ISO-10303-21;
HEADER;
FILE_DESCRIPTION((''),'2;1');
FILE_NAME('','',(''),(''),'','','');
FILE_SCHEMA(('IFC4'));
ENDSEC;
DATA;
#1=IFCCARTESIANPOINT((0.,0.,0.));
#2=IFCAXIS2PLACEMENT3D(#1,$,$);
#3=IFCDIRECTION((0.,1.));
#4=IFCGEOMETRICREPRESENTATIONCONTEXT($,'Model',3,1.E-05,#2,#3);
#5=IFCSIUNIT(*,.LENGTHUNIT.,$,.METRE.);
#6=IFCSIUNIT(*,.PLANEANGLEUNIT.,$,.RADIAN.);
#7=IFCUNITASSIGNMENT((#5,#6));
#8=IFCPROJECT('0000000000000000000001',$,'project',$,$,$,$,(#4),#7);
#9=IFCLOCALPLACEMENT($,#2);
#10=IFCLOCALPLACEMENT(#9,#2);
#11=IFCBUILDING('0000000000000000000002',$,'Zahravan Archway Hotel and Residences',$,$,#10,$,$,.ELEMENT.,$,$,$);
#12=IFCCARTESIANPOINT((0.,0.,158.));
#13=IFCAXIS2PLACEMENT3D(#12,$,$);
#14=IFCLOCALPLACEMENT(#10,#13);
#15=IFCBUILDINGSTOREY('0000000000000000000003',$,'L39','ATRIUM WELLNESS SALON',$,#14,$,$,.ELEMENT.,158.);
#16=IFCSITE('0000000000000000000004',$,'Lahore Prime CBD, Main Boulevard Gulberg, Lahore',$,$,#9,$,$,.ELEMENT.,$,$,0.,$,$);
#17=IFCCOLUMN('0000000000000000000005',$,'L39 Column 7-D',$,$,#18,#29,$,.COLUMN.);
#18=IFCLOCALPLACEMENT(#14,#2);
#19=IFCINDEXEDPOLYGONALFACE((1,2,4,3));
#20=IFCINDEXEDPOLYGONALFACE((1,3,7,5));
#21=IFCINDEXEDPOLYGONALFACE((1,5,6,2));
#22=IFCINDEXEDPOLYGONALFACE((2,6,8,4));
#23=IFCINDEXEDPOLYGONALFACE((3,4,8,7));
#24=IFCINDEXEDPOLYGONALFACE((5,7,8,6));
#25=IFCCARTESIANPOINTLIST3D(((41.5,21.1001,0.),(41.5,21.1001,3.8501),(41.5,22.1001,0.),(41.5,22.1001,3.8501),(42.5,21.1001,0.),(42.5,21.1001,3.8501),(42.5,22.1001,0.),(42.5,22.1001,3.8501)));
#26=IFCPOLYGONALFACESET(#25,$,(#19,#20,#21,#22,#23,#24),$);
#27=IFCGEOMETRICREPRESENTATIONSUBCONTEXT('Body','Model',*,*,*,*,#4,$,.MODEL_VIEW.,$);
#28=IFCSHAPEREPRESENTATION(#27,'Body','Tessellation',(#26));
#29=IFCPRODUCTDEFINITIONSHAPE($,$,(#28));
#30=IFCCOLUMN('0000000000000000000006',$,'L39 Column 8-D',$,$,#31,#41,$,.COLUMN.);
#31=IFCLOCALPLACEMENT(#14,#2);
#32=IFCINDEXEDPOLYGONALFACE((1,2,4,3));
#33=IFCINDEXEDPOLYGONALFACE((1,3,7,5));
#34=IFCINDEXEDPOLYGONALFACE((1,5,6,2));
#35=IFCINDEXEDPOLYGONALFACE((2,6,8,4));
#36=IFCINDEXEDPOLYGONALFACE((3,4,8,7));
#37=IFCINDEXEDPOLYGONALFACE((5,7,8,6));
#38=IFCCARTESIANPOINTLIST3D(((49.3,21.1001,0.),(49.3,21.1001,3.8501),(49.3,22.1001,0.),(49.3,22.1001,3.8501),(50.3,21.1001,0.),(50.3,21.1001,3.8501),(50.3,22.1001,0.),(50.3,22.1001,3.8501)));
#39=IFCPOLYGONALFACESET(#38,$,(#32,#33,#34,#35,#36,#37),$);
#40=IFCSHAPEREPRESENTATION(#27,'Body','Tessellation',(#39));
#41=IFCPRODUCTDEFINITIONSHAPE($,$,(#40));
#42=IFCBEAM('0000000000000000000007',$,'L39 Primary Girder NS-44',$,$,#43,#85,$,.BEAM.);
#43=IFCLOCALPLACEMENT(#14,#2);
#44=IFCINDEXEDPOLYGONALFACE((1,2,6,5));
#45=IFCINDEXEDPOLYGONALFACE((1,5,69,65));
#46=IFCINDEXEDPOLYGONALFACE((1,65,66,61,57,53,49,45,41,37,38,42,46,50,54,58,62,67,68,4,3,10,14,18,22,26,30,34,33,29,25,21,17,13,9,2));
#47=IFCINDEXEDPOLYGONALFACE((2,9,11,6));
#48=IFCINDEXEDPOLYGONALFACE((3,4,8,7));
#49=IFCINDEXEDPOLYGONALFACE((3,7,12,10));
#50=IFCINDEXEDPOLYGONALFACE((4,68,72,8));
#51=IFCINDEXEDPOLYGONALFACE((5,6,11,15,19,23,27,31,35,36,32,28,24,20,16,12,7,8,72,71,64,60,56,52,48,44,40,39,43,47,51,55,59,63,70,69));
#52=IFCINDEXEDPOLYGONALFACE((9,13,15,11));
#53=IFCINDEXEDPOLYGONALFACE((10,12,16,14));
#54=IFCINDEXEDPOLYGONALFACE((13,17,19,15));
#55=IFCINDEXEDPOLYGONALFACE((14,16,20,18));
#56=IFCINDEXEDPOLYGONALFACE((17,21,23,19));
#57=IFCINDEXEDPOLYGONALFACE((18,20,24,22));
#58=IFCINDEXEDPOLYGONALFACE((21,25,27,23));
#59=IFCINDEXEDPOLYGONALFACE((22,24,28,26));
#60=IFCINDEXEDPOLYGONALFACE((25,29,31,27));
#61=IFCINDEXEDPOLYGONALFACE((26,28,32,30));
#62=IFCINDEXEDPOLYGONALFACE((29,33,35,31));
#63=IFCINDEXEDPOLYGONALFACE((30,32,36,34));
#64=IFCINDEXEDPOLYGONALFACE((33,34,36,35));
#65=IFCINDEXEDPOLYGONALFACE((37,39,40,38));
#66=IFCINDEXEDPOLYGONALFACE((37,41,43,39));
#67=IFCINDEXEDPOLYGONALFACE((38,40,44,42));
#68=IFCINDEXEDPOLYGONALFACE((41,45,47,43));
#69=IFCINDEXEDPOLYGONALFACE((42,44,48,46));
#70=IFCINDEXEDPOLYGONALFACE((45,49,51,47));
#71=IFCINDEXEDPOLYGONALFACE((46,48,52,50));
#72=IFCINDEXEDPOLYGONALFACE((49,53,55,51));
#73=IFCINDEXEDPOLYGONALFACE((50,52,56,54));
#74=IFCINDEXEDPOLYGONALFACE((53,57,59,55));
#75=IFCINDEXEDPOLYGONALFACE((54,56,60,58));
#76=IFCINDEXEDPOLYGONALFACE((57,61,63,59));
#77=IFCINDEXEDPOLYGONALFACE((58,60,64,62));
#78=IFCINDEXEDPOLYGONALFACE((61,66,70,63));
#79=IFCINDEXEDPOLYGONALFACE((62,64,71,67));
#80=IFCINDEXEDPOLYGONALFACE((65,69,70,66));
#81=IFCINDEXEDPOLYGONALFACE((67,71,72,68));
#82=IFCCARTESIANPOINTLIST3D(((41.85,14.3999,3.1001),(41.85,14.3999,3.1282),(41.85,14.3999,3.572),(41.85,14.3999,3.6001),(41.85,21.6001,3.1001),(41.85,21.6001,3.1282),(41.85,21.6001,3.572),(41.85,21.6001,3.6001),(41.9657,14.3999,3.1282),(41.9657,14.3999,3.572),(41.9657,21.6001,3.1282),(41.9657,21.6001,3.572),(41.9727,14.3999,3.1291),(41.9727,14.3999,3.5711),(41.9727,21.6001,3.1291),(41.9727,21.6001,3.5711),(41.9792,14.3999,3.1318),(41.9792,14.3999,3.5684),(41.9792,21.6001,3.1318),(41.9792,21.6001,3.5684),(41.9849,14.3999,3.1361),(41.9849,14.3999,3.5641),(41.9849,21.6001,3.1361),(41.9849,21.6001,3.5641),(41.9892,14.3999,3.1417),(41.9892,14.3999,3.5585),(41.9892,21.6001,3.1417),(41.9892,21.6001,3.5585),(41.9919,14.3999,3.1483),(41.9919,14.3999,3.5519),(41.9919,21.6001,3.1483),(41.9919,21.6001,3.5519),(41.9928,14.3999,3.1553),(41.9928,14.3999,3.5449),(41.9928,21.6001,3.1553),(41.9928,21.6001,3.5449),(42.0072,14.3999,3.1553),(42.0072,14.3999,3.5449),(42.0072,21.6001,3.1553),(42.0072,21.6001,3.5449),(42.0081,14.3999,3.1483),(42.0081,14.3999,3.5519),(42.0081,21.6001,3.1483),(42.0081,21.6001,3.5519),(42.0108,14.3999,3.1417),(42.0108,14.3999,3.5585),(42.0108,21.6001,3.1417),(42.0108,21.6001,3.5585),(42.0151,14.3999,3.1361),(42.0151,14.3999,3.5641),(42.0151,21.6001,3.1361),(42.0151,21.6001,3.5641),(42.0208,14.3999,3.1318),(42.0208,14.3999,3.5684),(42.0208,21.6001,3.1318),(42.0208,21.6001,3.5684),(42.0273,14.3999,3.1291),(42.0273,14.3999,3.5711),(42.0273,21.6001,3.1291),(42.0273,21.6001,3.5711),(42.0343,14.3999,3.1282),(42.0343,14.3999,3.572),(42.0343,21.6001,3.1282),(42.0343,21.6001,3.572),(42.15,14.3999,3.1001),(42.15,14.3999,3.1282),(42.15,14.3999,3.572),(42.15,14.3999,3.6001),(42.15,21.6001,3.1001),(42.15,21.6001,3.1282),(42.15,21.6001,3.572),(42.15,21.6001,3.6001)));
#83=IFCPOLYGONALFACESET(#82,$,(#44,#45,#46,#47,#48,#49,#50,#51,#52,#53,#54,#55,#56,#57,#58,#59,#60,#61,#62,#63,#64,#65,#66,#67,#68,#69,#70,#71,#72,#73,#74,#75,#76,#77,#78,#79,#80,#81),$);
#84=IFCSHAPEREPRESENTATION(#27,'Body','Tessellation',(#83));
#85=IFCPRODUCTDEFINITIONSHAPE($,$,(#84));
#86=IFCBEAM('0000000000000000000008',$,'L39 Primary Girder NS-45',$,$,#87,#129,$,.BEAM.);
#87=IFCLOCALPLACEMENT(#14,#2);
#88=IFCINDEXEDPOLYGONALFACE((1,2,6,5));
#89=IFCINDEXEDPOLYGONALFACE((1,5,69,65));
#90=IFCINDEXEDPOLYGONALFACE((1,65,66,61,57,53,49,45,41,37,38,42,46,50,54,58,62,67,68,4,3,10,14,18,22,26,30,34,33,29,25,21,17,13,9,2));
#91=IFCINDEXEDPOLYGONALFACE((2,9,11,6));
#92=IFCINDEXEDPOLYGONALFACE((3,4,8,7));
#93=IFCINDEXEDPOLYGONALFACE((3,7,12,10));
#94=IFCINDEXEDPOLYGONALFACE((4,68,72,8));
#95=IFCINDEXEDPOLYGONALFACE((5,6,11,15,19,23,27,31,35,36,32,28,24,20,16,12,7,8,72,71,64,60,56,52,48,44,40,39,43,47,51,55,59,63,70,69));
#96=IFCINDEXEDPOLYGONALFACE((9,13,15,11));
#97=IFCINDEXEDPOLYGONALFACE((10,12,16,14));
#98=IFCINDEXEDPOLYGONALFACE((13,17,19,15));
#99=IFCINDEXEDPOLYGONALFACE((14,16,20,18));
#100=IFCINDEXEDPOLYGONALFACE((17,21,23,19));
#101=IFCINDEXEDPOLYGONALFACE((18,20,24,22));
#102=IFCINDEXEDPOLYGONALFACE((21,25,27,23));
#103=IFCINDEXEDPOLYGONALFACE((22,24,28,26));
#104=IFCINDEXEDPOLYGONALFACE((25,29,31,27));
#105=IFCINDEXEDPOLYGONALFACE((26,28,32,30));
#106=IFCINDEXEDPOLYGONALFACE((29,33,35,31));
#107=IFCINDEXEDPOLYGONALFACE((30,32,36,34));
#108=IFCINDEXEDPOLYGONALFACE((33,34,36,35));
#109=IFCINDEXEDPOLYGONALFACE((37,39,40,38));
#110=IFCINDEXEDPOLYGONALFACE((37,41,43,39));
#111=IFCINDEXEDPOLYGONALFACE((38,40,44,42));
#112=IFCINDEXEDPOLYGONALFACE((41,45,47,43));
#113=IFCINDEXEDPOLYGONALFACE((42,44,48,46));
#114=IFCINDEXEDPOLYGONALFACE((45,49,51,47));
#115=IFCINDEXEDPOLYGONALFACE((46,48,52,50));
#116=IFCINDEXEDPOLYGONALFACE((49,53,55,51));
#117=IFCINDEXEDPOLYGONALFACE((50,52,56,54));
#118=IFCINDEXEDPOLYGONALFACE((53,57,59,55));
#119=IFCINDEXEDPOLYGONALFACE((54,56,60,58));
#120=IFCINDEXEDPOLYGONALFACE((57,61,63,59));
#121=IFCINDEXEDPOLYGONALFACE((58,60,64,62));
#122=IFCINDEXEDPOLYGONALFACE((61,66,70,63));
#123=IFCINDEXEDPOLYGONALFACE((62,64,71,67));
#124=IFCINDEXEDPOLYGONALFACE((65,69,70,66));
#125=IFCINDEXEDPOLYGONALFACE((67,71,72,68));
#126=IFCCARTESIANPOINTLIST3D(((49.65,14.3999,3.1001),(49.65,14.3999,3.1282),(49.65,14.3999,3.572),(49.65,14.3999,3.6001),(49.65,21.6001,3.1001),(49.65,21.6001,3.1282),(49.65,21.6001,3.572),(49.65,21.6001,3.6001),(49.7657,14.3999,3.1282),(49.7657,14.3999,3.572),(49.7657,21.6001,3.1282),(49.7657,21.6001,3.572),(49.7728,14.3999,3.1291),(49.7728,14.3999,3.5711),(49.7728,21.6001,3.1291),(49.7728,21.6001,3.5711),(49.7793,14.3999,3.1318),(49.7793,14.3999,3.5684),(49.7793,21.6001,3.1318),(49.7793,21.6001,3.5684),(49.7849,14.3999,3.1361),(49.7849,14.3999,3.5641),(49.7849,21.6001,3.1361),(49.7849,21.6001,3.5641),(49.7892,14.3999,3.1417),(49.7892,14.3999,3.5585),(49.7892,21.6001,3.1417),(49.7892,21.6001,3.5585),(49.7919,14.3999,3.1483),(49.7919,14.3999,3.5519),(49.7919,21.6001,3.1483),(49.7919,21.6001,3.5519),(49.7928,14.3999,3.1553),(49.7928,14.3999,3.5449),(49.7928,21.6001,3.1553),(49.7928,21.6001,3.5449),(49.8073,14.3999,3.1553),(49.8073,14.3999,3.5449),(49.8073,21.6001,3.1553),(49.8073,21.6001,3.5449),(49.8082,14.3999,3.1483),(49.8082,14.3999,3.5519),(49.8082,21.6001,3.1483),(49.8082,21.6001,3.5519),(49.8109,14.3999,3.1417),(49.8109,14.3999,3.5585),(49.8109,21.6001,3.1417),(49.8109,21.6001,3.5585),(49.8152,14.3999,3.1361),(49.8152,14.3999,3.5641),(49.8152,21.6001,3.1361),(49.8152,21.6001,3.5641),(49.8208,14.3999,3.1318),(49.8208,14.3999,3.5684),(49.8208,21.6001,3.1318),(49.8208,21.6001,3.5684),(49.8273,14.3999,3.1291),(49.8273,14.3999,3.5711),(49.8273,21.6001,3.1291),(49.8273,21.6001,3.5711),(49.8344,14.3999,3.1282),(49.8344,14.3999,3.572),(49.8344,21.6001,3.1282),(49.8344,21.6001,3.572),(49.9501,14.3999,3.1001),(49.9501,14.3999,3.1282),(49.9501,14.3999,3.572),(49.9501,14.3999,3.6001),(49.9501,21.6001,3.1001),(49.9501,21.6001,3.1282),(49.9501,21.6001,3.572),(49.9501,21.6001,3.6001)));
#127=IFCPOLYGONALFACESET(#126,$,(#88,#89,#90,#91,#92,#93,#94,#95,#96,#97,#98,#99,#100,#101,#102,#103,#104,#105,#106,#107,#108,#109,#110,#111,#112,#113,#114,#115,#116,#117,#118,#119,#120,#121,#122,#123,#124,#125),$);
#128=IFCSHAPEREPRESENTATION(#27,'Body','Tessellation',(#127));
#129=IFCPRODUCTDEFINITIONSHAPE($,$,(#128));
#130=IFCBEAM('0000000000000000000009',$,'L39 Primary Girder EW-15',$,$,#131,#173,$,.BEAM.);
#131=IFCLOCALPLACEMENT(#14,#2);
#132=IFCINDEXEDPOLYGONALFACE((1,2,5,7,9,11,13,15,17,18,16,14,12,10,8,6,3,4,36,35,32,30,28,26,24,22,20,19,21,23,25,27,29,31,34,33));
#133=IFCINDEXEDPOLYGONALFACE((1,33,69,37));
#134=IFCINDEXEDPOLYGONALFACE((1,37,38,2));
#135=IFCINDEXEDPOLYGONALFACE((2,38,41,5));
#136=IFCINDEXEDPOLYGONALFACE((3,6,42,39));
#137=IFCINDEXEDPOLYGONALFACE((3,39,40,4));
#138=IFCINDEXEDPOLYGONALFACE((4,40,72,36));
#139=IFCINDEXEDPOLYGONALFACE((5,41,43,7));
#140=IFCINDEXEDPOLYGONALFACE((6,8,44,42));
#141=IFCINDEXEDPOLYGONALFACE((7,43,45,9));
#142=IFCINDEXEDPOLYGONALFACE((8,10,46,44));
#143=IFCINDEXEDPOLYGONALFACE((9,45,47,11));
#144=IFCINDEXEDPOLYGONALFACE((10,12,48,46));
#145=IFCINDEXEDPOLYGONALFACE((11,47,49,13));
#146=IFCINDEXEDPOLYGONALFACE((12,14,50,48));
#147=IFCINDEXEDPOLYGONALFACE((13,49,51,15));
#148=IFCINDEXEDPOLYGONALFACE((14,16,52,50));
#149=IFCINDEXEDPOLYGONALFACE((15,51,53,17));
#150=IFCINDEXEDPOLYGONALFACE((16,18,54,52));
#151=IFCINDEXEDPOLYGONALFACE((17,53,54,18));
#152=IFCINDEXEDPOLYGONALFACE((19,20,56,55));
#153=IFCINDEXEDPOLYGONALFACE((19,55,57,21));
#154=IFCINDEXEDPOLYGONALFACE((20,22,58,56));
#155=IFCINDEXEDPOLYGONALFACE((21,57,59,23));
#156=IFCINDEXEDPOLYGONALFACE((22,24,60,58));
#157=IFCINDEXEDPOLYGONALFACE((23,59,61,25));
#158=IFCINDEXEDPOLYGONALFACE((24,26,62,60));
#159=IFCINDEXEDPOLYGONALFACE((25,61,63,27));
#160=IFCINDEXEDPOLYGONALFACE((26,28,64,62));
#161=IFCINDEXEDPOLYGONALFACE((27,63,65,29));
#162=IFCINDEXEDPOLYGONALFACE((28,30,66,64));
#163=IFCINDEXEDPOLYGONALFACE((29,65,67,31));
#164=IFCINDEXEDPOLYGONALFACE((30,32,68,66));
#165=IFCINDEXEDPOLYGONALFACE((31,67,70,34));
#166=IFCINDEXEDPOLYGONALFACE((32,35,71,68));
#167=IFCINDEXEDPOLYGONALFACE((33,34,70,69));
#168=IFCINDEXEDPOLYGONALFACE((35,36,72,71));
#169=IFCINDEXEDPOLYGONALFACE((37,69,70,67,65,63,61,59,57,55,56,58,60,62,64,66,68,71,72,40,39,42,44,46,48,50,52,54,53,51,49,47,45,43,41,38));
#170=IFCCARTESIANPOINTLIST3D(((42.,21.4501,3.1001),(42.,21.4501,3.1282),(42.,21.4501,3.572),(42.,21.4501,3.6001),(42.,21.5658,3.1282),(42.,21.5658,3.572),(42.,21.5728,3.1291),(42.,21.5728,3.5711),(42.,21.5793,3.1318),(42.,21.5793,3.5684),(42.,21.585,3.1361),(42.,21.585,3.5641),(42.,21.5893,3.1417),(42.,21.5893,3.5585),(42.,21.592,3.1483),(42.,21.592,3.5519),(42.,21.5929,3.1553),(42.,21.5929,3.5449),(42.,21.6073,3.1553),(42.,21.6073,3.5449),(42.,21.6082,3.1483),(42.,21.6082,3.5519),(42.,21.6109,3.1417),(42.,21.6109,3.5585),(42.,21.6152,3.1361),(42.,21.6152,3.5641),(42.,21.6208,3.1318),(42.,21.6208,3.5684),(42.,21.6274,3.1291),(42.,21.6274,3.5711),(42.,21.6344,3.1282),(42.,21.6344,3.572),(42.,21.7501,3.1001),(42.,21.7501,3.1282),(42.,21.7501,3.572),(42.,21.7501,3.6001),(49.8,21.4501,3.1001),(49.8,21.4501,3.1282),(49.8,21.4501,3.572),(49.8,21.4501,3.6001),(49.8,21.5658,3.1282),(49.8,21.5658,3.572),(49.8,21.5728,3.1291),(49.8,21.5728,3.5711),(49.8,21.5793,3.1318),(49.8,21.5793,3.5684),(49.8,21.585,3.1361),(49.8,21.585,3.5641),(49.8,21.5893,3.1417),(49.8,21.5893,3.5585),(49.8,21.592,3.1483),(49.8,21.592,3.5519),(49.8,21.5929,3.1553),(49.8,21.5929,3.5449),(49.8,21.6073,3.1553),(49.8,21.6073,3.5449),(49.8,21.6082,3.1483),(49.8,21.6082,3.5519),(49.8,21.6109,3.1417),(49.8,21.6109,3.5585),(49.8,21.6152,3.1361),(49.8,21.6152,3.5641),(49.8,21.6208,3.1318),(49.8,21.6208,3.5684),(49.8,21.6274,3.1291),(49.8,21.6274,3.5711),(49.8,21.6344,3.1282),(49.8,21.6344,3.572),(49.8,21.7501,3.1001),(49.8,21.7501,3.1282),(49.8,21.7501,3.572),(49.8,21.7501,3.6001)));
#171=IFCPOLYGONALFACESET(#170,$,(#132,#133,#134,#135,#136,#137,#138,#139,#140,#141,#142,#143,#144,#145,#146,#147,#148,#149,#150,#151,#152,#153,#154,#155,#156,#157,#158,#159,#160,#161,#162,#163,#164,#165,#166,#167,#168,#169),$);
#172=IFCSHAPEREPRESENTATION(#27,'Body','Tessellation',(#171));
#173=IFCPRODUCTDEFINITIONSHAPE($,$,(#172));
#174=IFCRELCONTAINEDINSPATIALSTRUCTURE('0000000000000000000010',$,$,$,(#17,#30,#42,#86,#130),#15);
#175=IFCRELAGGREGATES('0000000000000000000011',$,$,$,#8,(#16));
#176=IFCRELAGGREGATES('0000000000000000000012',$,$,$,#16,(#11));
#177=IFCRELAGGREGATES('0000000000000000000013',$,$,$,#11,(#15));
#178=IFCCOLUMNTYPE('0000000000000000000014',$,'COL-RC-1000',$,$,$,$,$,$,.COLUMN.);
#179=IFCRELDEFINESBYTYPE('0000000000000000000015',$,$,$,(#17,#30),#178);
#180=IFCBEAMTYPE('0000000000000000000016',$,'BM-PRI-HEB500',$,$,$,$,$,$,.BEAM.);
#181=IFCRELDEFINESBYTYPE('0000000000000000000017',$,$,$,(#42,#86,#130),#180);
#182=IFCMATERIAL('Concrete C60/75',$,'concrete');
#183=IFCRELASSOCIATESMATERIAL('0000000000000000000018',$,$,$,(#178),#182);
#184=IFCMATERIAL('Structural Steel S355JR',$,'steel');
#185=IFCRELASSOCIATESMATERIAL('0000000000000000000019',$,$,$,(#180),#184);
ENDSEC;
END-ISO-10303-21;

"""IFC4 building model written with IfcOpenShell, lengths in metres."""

from ifc_helpers import new_model, si_unit, direction, frame, origin, origin_2d, place, context, subcontext, project, spatial, rectangle, i_section, extrude, source, transform, mapped, material, material_profile, profile_set, type_object, type_shapes, element, save


model = new_model("IFC4")

# Units and contexts
model_context = context("Model", 3, precision=1e-05, world=origin(), true_north=direction((0.0, 1.0)))
body_context = subcontext(model_context, "Body", "Model", "MODEL_VIEW")
ifc_project = project(units=[si_unit("LENGTHUNIT", "METRE"), si_unit("PLANEANGLEUNIT", "RADIAN")], contexts=[model_context])

# Site, building, storey
site_placement = place(None, origin())
site = spatial("IfcSite", under=ifc_project, at=site_placement, Name="Lahore Prime CBD, Main Boulevard Gulberg, Lahore", CompositionType="ELEMENT", RefElevation=0.0)
building_placement = place(site_placement, origin())
building = spatial("IfcBuilding", under=site, at=building_placement, Name="Zahravan Archway Hotel and Residences", CompositionType="ELEMENT")
storey_placement = place(building_placement, frame((0.0, 0.0, 158.0)))
storey = spatial("IfcBuildingStorey", under=building, at=storey_placement, Name="L39", Description="ATRIUM WELLNESS SALON", CompositionType="ELEMENT", Elevation=158.0)

# Columns
ifc_material_1 = material(Name="Concrete C60/75", Category="concrete")
ifc_material_profile_1 = material_profile(ifc_material_1, rectangle(XDim=1.0, YDim=1.0, at=origin_2d()), Name="RC-COL-1000x1000", Category="concrete")
ifc_profile_set_1 = profile_set([ifc_material_profile_1], Name="Concrete C60/75")
column_type = type_object("IfcColumnType", Name="COL-RC-1000", PredefinedType="COLUMN", material=ifc_profile_set_1)
shared_shape_1 = source(origin(), body_context, "Body", "SweptSolid", [
    extrude(rectangle(XDim=1.0, YDim=1.0, at=origin_2d()), origin(), (0.0, 0.0, 1.0), 3.8501),
])
for number, where, z_axis, x_axis, name in (
    (1, (42.0, 21.6001, 0.0), (0.0, 0.0, 1.0), (1.0, 0.0, 0.0), "L39 Column 7-D"),
    (2, (49.8, 21.6001, 0.0), (0.0, 0.0, 1.0), (1.0, 0.0, 0.0), "L39 Column 8-D"),
):
    element("IfcColumn", number, at=place(storey_placement, frame(where, z_axis=z_axis, x_axis=x_axis)), inside=storey, type_object=column_type, Name=name, PredefinedType="COLUMN", context=body_context, shape_type="MappedRepresentation", body=[
        mapped(shared_shape_1, transform((0.0, 0.0, 0.0), scale=1.0)),
    ])

# Beams
ifc_material_2 = material(Name="Structural Steel S355JR", Category="steel")
ifc_material_profile_2 = material_profile(ifc_material_2, i_section(OverallWidth=0.3, OverallDepth=0.5, WebThickness=0.0144, FlangeThickness=0.0281, FilletRadius=0.0271, at=origin_2d()), Name="HEB 500", Category="steel")
ifc_profile_set_2 = profile_set([ifc_material_profile_2], Name="Structural Steel S355JR")
beam_type = type_object("IfcBeamType", Name="BM-PRI-HEB500", PredefinedType="BEAM", material=ifc_profile_set_2)
shared_shape_2 = source(origin(), body_context, "Body", "SweptSolid", [
    extrude(i_section(OverallWidth=0.3, OverallDepth=0.5, WebThickness=0.0144, FlangeThickness=0.0281, FilletRadius=0.0271, at=origin_2d()), origin(), (0.0, 0.0, 1.0), 7.2002),
])
type_shapes(beam_type, [shared_shape_2])
for number, where, z_axis, x_axis, name in (
    (3, (42.0, 14.3999, 3.3501), (0.0, 1.0, 0.0), (-1.0, 0.0, 0.0), "L39 Primary Girder NS-44"),
    (4, (49.8, 14.3999, 3.3501), (0.0, 1.0, 0.0), (-1.0, 0.0, 0.0), "L39 Primary Girder NS-45"),
):
    element("IfcBeam", number, at=place(storey_placement, frame(where, z_axis=z_axis, x_axis=x_axis)), inside=storey, type_object=beam_type, Name=name, PredefinedType="BEAM", context=body_context, shape_type="MappedRepresentation", body=[
        mapped(shared_shape_2, transform((0.0, 0.0, 0.0), scale=1.0)),
    ])
shared_shape_3 = source(origin(), body_context, "Body", "SweptSolid", [
    extrude(i_section(OverallWidth=0.3, OverallDepth=0.5, WebThickness=0.0144, FlangeThickness=0.0281, FilletRadius=0.0271, at=origin_2d()), origin(), (0.0, 0.0, 1.0), 7.8),
])
beam_placement = place(storey_placement, frame((42.0, 21.6001, 3.3501), z_axis=(1.0, 0.0, 0.0), x_axis=(0.0, 1.0, 0.0)))
element("IfcBeam", 5, at=beam_placement, inside=storey, type_object=beam_type, Name="L39 Primary Girder EW-15", PredefinedType="BEAM", context=body_context, shape_type="MappedRepresentation", body=[
    mapped(shared_shape_3, transform((0.0, 0.0, 0.0), scale=1.0)),
])

save(model, "model.ifc")
